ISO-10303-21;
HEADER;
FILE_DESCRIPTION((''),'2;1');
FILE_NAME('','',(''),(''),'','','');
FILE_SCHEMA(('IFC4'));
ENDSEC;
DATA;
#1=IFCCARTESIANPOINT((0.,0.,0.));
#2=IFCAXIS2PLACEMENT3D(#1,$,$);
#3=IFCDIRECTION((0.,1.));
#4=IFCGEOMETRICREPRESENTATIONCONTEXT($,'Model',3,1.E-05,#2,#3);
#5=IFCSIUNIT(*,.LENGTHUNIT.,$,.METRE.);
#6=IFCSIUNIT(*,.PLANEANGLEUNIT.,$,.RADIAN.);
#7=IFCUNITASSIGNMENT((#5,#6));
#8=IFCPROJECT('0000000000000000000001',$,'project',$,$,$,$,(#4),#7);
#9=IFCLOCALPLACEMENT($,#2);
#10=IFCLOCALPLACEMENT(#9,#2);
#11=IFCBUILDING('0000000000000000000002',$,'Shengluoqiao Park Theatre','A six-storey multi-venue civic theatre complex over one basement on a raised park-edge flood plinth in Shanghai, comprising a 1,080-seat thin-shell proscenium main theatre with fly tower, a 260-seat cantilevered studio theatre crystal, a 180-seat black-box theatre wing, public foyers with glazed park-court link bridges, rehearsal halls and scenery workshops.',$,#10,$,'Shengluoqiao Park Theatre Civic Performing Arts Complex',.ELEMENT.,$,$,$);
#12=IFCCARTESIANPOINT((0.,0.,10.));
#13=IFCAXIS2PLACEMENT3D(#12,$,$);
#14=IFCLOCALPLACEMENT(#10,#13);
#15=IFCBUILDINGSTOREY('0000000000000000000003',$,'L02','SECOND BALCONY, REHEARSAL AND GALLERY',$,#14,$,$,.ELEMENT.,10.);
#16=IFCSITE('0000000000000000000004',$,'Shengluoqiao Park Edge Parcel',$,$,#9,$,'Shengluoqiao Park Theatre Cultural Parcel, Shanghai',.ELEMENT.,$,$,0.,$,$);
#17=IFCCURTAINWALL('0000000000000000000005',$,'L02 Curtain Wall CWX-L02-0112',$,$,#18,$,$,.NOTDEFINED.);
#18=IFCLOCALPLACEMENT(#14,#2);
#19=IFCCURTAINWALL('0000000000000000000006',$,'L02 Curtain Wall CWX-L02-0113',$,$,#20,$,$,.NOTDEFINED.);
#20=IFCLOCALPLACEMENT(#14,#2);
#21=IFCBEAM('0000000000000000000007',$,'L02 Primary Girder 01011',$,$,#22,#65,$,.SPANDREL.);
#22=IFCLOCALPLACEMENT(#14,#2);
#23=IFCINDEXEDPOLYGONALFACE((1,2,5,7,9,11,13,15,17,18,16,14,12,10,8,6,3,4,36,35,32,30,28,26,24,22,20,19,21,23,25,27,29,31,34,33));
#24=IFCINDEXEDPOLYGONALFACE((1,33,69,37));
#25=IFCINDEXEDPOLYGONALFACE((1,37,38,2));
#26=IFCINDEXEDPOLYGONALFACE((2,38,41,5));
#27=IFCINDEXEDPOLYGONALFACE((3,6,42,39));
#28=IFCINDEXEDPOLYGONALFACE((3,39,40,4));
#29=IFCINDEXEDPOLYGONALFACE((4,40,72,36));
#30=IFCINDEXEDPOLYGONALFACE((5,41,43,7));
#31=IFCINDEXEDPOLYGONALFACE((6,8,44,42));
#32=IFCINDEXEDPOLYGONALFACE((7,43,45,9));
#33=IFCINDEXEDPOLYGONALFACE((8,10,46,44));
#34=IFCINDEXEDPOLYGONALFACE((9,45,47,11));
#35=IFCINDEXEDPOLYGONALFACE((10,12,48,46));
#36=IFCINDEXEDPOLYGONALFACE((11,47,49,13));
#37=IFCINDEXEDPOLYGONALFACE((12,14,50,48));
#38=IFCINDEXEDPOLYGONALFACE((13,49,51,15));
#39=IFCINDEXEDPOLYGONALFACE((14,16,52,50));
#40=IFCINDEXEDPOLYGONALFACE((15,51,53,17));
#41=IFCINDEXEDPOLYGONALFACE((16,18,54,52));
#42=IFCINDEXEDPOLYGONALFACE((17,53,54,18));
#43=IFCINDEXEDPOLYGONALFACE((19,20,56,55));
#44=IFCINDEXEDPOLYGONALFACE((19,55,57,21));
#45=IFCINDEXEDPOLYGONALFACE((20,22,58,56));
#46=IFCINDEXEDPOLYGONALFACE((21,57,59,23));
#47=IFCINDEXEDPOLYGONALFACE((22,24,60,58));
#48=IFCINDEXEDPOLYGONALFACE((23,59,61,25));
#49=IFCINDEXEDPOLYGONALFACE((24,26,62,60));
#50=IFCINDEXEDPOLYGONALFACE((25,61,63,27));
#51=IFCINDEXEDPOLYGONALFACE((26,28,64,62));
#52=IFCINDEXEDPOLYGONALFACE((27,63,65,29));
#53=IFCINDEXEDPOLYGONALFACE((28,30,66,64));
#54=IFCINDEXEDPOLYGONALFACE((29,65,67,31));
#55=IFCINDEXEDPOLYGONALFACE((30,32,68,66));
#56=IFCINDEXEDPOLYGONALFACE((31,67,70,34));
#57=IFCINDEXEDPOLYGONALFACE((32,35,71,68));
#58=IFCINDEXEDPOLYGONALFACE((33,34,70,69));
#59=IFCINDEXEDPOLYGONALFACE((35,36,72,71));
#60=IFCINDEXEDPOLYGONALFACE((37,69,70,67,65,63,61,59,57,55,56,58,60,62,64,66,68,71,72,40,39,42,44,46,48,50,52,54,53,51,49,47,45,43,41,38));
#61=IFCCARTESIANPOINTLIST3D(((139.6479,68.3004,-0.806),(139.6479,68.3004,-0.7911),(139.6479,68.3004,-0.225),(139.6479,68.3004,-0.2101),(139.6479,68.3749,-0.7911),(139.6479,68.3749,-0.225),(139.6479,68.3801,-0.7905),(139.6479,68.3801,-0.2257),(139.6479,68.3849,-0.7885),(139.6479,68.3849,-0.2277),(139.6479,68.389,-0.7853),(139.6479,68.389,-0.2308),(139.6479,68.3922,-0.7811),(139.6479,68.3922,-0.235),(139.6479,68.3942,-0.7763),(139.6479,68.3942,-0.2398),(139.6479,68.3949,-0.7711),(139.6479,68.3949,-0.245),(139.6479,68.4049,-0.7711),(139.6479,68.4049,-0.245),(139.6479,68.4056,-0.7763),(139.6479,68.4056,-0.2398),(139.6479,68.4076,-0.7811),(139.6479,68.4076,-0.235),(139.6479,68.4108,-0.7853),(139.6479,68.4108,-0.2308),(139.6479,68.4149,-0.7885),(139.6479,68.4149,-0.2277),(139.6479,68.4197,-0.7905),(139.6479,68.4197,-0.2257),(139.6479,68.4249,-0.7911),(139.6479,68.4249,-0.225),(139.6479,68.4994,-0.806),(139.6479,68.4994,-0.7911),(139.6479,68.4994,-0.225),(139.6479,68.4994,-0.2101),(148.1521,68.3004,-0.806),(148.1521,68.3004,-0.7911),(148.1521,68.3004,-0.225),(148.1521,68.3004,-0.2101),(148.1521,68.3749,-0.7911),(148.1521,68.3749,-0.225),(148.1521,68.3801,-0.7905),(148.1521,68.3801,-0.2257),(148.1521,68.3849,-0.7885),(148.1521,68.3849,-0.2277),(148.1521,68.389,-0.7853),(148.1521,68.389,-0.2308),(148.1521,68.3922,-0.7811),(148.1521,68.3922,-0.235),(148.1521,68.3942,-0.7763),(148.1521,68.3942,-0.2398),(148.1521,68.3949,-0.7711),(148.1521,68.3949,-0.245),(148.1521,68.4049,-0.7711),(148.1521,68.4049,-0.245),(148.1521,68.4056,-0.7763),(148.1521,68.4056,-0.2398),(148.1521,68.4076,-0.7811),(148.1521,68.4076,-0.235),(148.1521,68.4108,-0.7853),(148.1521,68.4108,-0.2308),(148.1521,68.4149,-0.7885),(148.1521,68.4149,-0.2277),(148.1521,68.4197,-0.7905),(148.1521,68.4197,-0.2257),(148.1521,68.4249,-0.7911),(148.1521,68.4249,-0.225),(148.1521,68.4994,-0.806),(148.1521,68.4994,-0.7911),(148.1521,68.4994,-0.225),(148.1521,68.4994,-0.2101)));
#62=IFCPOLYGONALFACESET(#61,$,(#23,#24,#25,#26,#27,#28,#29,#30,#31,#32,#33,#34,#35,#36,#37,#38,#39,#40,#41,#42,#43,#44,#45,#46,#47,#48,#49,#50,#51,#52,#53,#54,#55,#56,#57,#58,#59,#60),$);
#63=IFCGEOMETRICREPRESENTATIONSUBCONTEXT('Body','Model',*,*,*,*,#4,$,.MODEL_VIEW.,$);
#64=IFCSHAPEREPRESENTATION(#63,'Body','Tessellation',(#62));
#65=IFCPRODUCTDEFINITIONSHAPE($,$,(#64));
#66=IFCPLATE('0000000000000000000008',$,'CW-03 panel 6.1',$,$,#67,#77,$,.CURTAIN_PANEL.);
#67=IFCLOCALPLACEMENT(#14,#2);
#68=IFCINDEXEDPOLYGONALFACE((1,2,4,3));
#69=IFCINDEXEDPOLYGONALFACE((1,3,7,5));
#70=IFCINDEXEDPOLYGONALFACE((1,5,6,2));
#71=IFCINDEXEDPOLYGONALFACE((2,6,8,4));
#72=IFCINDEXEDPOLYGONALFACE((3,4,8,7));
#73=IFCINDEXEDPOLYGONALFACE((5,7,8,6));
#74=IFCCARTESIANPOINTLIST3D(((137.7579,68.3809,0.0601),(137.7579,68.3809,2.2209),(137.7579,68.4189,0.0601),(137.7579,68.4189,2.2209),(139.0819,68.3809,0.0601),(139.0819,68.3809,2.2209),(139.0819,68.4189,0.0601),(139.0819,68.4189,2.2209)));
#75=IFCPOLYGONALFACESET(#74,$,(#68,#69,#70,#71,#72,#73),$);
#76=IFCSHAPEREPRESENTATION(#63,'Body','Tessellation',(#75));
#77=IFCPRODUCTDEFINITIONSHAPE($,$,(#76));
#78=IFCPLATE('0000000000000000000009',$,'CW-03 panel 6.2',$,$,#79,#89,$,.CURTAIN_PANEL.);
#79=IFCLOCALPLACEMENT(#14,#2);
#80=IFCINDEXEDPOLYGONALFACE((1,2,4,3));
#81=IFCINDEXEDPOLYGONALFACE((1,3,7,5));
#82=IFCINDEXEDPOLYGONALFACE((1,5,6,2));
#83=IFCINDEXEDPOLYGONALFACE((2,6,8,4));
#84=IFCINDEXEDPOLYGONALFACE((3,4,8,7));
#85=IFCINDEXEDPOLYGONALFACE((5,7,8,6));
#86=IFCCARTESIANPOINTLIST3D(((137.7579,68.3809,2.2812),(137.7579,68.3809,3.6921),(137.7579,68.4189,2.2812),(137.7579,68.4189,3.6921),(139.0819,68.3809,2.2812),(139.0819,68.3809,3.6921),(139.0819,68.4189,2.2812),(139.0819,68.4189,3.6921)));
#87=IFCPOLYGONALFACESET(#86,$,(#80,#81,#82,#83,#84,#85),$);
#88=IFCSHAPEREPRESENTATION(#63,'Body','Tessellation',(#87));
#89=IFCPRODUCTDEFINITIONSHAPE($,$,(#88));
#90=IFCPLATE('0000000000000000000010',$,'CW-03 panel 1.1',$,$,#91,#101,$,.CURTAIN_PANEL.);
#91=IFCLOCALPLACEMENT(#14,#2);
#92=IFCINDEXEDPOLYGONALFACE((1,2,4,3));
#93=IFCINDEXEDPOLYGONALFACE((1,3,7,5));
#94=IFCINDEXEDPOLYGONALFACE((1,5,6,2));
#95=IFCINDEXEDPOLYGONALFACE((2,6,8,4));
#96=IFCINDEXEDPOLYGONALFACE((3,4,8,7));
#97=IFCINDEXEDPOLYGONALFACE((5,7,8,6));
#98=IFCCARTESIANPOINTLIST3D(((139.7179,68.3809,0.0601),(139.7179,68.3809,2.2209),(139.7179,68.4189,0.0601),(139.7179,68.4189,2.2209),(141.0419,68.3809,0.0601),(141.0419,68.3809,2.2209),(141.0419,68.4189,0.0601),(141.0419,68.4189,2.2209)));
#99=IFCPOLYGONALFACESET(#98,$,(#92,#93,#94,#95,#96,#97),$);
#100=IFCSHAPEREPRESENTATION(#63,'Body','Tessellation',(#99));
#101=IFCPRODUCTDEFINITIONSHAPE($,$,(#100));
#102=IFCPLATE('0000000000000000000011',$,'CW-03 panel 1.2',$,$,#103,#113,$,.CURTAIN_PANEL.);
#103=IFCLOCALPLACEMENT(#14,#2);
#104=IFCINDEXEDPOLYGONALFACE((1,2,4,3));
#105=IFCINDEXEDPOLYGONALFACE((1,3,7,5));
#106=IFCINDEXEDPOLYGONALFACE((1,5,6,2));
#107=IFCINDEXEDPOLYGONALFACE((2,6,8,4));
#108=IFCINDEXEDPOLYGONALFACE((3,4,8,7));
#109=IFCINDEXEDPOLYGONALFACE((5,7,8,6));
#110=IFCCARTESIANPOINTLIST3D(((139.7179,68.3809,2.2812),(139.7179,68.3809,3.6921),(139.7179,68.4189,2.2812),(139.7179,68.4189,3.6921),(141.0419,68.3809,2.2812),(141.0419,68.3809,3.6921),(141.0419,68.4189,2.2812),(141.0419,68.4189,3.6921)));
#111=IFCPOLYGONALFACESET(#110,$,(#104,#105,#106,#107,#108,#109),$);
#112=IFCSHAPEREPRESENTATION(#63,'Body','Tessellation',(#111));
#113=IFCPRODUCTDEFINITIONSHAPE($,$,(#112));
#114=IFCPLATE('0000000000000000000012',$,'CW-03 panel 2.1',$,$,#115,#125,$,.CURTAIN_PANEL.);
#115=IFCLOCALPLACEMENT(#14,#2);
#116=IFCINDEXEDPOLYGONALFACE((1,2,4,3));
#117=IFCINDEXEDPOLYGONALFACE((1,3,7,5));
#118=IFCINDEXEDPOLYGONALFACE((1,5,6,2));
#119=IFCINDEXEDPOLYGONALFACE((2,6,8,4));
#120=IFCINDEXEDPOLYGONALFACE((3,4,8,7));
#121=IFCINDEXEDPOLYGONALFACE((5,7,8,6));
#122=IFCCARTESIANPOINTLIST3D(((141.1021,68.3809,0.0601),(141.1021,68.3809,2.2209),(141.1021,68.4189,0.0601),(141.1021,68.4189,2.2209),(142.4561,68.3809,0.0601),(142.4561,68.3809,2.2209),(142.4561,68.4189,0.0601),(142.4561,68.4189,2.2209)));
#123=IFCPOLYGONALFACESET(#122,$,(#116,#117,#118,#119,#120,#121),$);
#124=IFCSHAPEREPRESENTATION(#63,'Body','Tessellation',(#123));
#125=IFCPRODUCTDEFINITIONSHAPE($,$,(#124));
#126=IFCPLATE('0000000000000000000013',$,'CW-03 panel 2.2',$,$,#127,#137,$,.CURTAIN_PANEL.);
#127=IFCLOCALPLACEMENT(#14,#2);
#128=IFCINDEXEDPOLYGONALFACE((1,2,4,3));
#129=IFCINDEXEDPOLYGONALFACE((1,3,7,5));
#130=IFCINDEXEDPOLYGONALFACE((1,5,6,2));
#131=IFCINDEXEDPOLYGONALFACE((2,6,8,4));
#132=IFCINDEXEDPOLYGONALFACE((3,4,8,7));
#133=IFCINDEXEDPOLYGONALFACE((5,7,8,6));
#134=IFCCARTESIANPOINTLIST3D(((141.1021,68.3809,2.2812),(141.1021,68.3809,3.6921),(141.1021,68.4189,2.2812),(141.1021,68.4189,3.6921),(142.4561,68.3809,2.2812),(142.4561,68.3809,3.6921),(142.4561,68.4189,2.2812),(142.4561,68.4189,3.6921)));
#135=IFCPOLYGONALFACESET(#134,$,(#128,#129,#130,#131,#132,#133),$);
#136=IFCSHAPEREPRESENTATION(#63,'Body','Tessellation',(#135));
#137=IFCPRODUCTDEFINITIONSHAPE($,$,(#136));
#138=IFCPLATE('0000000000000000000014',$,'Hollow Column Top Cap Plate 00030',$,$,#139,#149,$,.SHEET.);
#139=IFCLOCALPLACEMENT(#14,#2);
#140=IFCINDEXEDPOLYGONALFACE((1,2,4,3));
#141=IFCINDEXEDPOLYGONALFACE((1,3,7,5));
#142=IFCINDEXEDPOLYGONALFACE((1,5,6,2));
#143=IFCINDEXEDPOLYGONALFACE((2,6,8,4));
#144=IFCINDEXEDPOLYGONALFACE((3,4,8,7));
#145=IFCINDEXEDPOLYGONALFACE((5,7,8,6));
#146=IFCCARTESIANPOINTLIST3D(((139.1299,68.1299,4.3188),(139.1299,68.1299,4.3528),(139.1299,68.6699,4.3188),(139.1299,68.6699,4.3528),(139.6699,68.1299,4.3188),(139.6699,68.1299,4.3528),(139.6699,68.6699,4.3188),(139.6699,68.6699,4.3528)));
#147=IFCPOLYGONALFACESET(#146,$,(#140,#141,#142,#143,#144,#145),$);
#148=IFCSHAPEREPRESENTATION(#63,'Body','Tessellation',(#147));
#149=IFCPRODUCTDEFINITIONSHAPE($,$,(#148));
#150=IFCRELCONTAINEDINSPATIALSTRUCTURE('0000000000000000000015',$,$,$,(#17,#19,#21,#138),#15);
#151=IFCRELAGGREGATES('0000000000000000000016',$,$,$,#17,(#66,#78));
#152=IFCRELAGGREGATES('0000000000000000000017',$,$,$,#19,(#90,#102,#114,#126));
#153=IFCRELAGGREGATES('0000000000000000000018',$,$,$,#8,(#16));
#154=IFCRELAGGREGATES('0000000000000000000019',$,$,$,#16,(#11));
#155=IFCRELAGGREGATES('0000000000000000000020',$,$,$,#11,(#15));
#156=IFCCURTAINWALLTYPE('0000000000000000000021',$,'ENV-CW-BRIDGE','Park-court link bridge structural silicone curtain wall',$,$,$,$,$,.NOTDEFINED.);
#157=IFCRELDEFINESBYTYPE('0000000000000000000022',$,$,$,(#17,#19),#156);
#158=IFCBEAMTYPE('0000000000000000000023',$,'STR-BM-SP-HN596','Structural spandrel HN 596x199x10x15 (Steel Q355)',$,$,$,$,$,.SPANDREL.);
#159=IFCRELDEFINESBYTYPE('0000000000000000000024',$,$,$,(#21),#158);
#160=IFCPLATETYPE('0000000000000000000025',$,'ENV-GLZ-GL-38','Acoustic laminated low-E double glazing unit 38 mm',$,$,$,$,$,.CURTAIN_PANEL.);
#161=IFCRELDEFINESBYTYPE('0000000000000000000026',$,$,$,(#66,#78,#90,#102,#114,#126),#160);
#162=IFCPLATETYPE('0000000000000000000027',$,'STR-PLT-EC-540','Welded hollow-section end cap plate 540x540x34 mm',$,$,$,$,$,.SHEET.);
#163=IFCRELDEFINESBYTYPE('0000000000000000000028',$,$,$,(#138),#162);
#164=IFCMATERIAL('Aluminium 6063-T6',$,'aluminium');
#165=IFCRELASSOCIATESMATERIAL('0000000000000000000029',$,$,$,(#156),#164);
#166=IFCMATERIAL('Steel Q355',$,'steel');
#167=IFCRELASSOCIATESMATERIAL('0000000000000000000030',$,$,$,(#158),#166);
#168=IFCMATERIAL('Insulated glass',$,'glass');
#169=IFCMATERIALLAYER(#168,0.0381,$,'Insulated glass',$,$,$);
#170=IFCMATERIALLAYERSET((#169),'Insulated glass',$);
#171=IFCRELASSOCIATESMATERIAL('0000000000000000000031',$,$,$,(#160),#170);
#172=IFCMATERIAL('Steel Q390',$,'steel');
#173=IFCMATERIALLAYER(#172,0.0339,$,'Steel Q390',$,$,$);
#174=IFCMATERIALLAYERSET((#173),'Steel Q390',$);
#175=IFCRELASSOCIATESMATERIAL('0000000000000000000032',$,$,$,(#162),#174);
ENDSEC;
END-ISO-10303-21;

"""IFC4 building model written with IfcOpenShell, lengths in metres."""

from ifc_helpers import new_model, si_unit, direction, frame, origin, origin_2d, place, context, subcontext, project, spatial, rectangle, i_section, extrude, material, layer, layer_set, material_profile, profile_set, type_object, element, aggregate, save


model = new_model("IFC4")

# Units and contexts
model_context = context("Model", 3, precision=1e-05, world=origin(), true_north=direction((0.0, 1.0)))
body_context = subcontext(model_context, "Body", "Model", "MODEL_VIEW")
ifc_project = project(units=[si_unit("LENGTHUNIT", "METRE"), si_unit("PLANEANGLEUNIT", "RADIAN")], contexts=[model_context])

# Site, building, storey
site_placement = place(None, origin())
site = spatial("IfcSite", under=ifc_project, at=site_placement, Name="Shengluoqiao Park Edge Parcel", LongName="Shengluoqiao Park Theatre Cultural Parcel, Shanghai", CompositionType="ELEMENT", RefElevation=0.0)
building_placement = place(site_placement, origin())
building = spatial("IfcBuilding", under=site, at=building_placement, Name="Shengluoqiao Park Theatre", Description="A six-storey multi-venue civic theatre complex over one basement on a raised park-edge flood plinth in Shanghai, comprising a 1,080-seat thin-shell proscenium main theatre with fly tower, a 260-seat cantilevered studio theatre crystal, a 180-seat black-box theatre wing, public foyers with glazed park-court link bridges, rehearsal halls and scenery workshops.", LongName="Shengluoqiao Park Theatre Civic Performing Arts Complex", CompositionType="ELEMENT")
storey_placement = place(building_placement, frame((0.0, 0.0, 10.0)))
storey = spatial("IfcBuildingStorey", under=building, at=storey_placement, Name="L02", Description="SECOND BALCONY, REHEARSAL AND GALLERY", CompositionType="ELEMENT", Elevation=10.0)

# Shared definitions
ifc_material_1 = material(Name="Steel Q390", Category="steel")

# Curtain wall
ifc_material_2 = material(Name="Aluminium 6063-T6", Category="aluminium")
curtain_wall_type = type_object("IfcCurtainWallType", Name="ENV-CW-BRIDGE", Description="Park-court link bridge structural silicone curtain wall", PredefinedType="NOTDEFINED", material=ifc_material_2)
curtain_wall_1_placement = place(storey_placement, origin())
curtain_wall_1 = element("IfcCurtainWall", 1, at=curtain_wall_1_placement, inside=storey, type_object=curtain_wall_type, Name="L02 Curtain Wall CWX-L02-0112", PredefinedType="NOTDEFINED")

# Curtain wall
curtain_wall_2_placement = place(storey_placement, origin())
curtain_wall_2 = element("IfcCurtainWall", 2, at=curtain_wall_2_placement, inside=storey, type_object=curtain_wall_type, Name="L02 Curtain Wall CWX-L02-0113", PredefinedType="NOTDEFINED")

# Beam
ifc_material_3 = material(Name="Steel Q355", Category="steel")
ifc_material_profile_1 = material_profile(ifc_material_3, i_section(OverallWidth=0.199, OverallDepth=0.5959, WebThickness=0.01, FlangeThickness=0.0149, FilletRadius=0.02, at=origin_2d()), Name="HN 596x199x10x15")
ifc_profile_set_1 = profile_set([ifc_material_profile_1], Name="Steel Q355")
beam_type_1 = type_object("IfcBeamType", Name="STR-BM-SP-HN596", Description="Structural spandrel HN 596x199x10x15 (Steel Q355)", PredefinedType="SPANDREL", material=ifc_profile_set_1)
beam_1_placement = place(storey_placement, frame((139.6479, 68.3999, -0.5081), z_axis=(1.0, 0.0, 0.0), x_axis=(0.0, 1.0, 0.0)))
element("IfcBeam", 3, at=beam_1_placement, inside=storey, type_object=beam_type_1, Name="L02 Primary Girder 01011", PredefinedType="SPANDREL", context=body_context, shape_type="SweptSolid", body=[
    extrude(i_section(OverallWidth=0.199, OverallDepth=0.5959, WebThickness=0.01, FlangeThickness=0.0149, FilletRadius=0.02, at=origin_2d()), origin(), (0.0, 0.0, 1.0), 8.5042),
])

# Plates
ifc_material_4 = material(Name="Insulated glass", Category="glass")
ifc_layer_1 = layer(ifc_material_4, 0.0381, Name="Insulated glass")
ifc_layer_set_1 = layer_set([ifc_layer_1], Name="Insulated glass")
plate_type_1 = type_object("IfcPlateType", Name="ENV-GLZ-GL-38", Description="Acoustic laminated low-E double glazing unit 38 mm", PredefinedType="CURTAIN_PANEL", material=ifc_layer_set_1)
plate_1_placement = place(storey_placement, frame((138.4199, 68.3999, 0.0601), z_axis=(0.0, 0.0, 1.0), x_axis=(1.0, 0.0, 0.0)))
plate_1 = element("IfcPlate", 4, at=plate_1_placement, type_object=plate_type_1, Name="CW-03 panel 6.1", PredefinedType="CURTAIN_PANEL", context=body_context, shape_type="SweptSolid", body=[
    extrude(rectangle(XDim=1.324, YDim=0.0381, at=origin_2d()), origin(), (0.0, 0.0, 1.0), 2.1609),
])
plate_2_placement = place(storey_placement, frame((138.4199, 68.3999, 2.2812), z_axis=(0.0, 0.0, 1.0), x_axis=(1.0, 0.0, 0.0)))
plate_2 = element("IfcPlate", 5, at=plate_2_placement, type_object=plate_type_1, Name="CW-03 panel 6.2", PredefinedType="CURTAIN_PANEL", context=body_context, shape_type="SweptSolid", body=[
    extrude(rectangle(XDim=1.324, YDim=0.0381, at=origin_2d()), origin(), (0.0, 0.0, 1.0), 1.4109),
])
aggregate(curtain_wall_1, [plate_1, plate_2])
plate_3_placement = place(storey_placement, frame((140.3799, 68.3999, 0.0601), z_axis=(0.0, 0.0, 1.0), x_axis=(1.0, 0.0, 0.0)))
plate_3 = element("IfcPlate", 6, at=plate_3_placement, type_object=plate_type_1, Name="CW-03 panel 1.1", PredefinedType="CURTAIN_PANEL", context=body_context, shape_type="SweptSolid", body=[
    extrude(rectangle(XDim=1.324, YDim=0.0381, at=origin_2d()), origin(), (0.0, 0.0, 1.0), 2.1609),
])
plate_4_placement = place(storey_placement, frame((140.3799, 68.3999, 2.2812), z_axis=(0.0, 0.0, 1.0), x_axis=(1.0, 0.0, 0.0)))
plate_4 = element("IfcPlate", 7, at=plate_4_placement, type_object=plate_type_1, Name="CW-03 panel 1.2", PredefinedType="CURTAIN_PANEL", context=body_context, shape_type="SweptSolid", body=[
    extrude(rectangle(XDim=1.324, YDim=0.0381, at=origin_2d()), origin(), (0.0, 0.0, 1.0), 1.4109),
])
plate_5_placement = place(storey_placement, frame((141.7791, 68.3999, 0.0601), z_axis=(0.0, 0.0, 1.0), x_axis=(1.0, 0.0, 0.0)))
plate_5 = element("IfcPlate", 8, at=plate_5_placement, type_object=plate_type_1, Name="CW-03 panel 2.1", PredefinedType="CURTAIN_PANEL", context=body_context, shape_type="SweptSolid", body=[
    extrude(rectangle(XDim=1.354, YDim=0.0381, at=origin_2d()), origin(), (0.0, 0.0, 1.0), 2.1609),
])
plate_6_placement = place(storey_placement, frame((141.7791, 68.3999, 2.2812), z_axis=(0.0, 0.0, 1.0), x_axis=(1.0, 0.0, 0.0)))
plate_6 = element("IfcPlate", 9, at=plate_6_placement, type_object=plate_type_1, Name="CW-03 panel 2.2", PredefinedType="CURTAIN_PANEL", context=body_context, shape_type="SweptSolid", body=[
    extrude(rectangle(XDim=1.354, YDim=0.0381, at=origin_2d()), origin(), (0.0, 0.0, 1.0), 1.4109),
])
aggregate(curtain_wall_2, [plate_3, plate_4, plate_5, plate_6])
ifc_layer_2 = layer(ifc_material_1, 0.0339, Name="Steel Q390")
ifc_layer_set_2 = layer_set([ifc_layer_2], Name="Steel Q390")
plate_type_2 = type_object("IfcPlateType", Name="STR-PLT-EC-540", Description="Welded hollow-section end cap plate 540x540x34 mm", PredefinedType="SHEET", material=ifc_layer_set_2)
plate_7_placement = place(storey_placement, frame((139.3999, 68.3999, 4.3188), z_axis=(0.0, 0.0, 1.0), x_axis=(1.0, 0.0, 0.0)))
element("IfcPlate", 10, at=plate_7_placement, inside=storey, type_object=plate_type_2, Name="Hollow Column Top Cap Plate 00030", PredefinedType="SHEET", context=body_context, shape_type="SweptSolid", body=[
    extrude(rectangle(XDim=0.54, YDim=0.54, at=origin_2d()), origin(), (0.0, 0.0, 1.0), 0.0339),
])

save(model, "model.ifc")
